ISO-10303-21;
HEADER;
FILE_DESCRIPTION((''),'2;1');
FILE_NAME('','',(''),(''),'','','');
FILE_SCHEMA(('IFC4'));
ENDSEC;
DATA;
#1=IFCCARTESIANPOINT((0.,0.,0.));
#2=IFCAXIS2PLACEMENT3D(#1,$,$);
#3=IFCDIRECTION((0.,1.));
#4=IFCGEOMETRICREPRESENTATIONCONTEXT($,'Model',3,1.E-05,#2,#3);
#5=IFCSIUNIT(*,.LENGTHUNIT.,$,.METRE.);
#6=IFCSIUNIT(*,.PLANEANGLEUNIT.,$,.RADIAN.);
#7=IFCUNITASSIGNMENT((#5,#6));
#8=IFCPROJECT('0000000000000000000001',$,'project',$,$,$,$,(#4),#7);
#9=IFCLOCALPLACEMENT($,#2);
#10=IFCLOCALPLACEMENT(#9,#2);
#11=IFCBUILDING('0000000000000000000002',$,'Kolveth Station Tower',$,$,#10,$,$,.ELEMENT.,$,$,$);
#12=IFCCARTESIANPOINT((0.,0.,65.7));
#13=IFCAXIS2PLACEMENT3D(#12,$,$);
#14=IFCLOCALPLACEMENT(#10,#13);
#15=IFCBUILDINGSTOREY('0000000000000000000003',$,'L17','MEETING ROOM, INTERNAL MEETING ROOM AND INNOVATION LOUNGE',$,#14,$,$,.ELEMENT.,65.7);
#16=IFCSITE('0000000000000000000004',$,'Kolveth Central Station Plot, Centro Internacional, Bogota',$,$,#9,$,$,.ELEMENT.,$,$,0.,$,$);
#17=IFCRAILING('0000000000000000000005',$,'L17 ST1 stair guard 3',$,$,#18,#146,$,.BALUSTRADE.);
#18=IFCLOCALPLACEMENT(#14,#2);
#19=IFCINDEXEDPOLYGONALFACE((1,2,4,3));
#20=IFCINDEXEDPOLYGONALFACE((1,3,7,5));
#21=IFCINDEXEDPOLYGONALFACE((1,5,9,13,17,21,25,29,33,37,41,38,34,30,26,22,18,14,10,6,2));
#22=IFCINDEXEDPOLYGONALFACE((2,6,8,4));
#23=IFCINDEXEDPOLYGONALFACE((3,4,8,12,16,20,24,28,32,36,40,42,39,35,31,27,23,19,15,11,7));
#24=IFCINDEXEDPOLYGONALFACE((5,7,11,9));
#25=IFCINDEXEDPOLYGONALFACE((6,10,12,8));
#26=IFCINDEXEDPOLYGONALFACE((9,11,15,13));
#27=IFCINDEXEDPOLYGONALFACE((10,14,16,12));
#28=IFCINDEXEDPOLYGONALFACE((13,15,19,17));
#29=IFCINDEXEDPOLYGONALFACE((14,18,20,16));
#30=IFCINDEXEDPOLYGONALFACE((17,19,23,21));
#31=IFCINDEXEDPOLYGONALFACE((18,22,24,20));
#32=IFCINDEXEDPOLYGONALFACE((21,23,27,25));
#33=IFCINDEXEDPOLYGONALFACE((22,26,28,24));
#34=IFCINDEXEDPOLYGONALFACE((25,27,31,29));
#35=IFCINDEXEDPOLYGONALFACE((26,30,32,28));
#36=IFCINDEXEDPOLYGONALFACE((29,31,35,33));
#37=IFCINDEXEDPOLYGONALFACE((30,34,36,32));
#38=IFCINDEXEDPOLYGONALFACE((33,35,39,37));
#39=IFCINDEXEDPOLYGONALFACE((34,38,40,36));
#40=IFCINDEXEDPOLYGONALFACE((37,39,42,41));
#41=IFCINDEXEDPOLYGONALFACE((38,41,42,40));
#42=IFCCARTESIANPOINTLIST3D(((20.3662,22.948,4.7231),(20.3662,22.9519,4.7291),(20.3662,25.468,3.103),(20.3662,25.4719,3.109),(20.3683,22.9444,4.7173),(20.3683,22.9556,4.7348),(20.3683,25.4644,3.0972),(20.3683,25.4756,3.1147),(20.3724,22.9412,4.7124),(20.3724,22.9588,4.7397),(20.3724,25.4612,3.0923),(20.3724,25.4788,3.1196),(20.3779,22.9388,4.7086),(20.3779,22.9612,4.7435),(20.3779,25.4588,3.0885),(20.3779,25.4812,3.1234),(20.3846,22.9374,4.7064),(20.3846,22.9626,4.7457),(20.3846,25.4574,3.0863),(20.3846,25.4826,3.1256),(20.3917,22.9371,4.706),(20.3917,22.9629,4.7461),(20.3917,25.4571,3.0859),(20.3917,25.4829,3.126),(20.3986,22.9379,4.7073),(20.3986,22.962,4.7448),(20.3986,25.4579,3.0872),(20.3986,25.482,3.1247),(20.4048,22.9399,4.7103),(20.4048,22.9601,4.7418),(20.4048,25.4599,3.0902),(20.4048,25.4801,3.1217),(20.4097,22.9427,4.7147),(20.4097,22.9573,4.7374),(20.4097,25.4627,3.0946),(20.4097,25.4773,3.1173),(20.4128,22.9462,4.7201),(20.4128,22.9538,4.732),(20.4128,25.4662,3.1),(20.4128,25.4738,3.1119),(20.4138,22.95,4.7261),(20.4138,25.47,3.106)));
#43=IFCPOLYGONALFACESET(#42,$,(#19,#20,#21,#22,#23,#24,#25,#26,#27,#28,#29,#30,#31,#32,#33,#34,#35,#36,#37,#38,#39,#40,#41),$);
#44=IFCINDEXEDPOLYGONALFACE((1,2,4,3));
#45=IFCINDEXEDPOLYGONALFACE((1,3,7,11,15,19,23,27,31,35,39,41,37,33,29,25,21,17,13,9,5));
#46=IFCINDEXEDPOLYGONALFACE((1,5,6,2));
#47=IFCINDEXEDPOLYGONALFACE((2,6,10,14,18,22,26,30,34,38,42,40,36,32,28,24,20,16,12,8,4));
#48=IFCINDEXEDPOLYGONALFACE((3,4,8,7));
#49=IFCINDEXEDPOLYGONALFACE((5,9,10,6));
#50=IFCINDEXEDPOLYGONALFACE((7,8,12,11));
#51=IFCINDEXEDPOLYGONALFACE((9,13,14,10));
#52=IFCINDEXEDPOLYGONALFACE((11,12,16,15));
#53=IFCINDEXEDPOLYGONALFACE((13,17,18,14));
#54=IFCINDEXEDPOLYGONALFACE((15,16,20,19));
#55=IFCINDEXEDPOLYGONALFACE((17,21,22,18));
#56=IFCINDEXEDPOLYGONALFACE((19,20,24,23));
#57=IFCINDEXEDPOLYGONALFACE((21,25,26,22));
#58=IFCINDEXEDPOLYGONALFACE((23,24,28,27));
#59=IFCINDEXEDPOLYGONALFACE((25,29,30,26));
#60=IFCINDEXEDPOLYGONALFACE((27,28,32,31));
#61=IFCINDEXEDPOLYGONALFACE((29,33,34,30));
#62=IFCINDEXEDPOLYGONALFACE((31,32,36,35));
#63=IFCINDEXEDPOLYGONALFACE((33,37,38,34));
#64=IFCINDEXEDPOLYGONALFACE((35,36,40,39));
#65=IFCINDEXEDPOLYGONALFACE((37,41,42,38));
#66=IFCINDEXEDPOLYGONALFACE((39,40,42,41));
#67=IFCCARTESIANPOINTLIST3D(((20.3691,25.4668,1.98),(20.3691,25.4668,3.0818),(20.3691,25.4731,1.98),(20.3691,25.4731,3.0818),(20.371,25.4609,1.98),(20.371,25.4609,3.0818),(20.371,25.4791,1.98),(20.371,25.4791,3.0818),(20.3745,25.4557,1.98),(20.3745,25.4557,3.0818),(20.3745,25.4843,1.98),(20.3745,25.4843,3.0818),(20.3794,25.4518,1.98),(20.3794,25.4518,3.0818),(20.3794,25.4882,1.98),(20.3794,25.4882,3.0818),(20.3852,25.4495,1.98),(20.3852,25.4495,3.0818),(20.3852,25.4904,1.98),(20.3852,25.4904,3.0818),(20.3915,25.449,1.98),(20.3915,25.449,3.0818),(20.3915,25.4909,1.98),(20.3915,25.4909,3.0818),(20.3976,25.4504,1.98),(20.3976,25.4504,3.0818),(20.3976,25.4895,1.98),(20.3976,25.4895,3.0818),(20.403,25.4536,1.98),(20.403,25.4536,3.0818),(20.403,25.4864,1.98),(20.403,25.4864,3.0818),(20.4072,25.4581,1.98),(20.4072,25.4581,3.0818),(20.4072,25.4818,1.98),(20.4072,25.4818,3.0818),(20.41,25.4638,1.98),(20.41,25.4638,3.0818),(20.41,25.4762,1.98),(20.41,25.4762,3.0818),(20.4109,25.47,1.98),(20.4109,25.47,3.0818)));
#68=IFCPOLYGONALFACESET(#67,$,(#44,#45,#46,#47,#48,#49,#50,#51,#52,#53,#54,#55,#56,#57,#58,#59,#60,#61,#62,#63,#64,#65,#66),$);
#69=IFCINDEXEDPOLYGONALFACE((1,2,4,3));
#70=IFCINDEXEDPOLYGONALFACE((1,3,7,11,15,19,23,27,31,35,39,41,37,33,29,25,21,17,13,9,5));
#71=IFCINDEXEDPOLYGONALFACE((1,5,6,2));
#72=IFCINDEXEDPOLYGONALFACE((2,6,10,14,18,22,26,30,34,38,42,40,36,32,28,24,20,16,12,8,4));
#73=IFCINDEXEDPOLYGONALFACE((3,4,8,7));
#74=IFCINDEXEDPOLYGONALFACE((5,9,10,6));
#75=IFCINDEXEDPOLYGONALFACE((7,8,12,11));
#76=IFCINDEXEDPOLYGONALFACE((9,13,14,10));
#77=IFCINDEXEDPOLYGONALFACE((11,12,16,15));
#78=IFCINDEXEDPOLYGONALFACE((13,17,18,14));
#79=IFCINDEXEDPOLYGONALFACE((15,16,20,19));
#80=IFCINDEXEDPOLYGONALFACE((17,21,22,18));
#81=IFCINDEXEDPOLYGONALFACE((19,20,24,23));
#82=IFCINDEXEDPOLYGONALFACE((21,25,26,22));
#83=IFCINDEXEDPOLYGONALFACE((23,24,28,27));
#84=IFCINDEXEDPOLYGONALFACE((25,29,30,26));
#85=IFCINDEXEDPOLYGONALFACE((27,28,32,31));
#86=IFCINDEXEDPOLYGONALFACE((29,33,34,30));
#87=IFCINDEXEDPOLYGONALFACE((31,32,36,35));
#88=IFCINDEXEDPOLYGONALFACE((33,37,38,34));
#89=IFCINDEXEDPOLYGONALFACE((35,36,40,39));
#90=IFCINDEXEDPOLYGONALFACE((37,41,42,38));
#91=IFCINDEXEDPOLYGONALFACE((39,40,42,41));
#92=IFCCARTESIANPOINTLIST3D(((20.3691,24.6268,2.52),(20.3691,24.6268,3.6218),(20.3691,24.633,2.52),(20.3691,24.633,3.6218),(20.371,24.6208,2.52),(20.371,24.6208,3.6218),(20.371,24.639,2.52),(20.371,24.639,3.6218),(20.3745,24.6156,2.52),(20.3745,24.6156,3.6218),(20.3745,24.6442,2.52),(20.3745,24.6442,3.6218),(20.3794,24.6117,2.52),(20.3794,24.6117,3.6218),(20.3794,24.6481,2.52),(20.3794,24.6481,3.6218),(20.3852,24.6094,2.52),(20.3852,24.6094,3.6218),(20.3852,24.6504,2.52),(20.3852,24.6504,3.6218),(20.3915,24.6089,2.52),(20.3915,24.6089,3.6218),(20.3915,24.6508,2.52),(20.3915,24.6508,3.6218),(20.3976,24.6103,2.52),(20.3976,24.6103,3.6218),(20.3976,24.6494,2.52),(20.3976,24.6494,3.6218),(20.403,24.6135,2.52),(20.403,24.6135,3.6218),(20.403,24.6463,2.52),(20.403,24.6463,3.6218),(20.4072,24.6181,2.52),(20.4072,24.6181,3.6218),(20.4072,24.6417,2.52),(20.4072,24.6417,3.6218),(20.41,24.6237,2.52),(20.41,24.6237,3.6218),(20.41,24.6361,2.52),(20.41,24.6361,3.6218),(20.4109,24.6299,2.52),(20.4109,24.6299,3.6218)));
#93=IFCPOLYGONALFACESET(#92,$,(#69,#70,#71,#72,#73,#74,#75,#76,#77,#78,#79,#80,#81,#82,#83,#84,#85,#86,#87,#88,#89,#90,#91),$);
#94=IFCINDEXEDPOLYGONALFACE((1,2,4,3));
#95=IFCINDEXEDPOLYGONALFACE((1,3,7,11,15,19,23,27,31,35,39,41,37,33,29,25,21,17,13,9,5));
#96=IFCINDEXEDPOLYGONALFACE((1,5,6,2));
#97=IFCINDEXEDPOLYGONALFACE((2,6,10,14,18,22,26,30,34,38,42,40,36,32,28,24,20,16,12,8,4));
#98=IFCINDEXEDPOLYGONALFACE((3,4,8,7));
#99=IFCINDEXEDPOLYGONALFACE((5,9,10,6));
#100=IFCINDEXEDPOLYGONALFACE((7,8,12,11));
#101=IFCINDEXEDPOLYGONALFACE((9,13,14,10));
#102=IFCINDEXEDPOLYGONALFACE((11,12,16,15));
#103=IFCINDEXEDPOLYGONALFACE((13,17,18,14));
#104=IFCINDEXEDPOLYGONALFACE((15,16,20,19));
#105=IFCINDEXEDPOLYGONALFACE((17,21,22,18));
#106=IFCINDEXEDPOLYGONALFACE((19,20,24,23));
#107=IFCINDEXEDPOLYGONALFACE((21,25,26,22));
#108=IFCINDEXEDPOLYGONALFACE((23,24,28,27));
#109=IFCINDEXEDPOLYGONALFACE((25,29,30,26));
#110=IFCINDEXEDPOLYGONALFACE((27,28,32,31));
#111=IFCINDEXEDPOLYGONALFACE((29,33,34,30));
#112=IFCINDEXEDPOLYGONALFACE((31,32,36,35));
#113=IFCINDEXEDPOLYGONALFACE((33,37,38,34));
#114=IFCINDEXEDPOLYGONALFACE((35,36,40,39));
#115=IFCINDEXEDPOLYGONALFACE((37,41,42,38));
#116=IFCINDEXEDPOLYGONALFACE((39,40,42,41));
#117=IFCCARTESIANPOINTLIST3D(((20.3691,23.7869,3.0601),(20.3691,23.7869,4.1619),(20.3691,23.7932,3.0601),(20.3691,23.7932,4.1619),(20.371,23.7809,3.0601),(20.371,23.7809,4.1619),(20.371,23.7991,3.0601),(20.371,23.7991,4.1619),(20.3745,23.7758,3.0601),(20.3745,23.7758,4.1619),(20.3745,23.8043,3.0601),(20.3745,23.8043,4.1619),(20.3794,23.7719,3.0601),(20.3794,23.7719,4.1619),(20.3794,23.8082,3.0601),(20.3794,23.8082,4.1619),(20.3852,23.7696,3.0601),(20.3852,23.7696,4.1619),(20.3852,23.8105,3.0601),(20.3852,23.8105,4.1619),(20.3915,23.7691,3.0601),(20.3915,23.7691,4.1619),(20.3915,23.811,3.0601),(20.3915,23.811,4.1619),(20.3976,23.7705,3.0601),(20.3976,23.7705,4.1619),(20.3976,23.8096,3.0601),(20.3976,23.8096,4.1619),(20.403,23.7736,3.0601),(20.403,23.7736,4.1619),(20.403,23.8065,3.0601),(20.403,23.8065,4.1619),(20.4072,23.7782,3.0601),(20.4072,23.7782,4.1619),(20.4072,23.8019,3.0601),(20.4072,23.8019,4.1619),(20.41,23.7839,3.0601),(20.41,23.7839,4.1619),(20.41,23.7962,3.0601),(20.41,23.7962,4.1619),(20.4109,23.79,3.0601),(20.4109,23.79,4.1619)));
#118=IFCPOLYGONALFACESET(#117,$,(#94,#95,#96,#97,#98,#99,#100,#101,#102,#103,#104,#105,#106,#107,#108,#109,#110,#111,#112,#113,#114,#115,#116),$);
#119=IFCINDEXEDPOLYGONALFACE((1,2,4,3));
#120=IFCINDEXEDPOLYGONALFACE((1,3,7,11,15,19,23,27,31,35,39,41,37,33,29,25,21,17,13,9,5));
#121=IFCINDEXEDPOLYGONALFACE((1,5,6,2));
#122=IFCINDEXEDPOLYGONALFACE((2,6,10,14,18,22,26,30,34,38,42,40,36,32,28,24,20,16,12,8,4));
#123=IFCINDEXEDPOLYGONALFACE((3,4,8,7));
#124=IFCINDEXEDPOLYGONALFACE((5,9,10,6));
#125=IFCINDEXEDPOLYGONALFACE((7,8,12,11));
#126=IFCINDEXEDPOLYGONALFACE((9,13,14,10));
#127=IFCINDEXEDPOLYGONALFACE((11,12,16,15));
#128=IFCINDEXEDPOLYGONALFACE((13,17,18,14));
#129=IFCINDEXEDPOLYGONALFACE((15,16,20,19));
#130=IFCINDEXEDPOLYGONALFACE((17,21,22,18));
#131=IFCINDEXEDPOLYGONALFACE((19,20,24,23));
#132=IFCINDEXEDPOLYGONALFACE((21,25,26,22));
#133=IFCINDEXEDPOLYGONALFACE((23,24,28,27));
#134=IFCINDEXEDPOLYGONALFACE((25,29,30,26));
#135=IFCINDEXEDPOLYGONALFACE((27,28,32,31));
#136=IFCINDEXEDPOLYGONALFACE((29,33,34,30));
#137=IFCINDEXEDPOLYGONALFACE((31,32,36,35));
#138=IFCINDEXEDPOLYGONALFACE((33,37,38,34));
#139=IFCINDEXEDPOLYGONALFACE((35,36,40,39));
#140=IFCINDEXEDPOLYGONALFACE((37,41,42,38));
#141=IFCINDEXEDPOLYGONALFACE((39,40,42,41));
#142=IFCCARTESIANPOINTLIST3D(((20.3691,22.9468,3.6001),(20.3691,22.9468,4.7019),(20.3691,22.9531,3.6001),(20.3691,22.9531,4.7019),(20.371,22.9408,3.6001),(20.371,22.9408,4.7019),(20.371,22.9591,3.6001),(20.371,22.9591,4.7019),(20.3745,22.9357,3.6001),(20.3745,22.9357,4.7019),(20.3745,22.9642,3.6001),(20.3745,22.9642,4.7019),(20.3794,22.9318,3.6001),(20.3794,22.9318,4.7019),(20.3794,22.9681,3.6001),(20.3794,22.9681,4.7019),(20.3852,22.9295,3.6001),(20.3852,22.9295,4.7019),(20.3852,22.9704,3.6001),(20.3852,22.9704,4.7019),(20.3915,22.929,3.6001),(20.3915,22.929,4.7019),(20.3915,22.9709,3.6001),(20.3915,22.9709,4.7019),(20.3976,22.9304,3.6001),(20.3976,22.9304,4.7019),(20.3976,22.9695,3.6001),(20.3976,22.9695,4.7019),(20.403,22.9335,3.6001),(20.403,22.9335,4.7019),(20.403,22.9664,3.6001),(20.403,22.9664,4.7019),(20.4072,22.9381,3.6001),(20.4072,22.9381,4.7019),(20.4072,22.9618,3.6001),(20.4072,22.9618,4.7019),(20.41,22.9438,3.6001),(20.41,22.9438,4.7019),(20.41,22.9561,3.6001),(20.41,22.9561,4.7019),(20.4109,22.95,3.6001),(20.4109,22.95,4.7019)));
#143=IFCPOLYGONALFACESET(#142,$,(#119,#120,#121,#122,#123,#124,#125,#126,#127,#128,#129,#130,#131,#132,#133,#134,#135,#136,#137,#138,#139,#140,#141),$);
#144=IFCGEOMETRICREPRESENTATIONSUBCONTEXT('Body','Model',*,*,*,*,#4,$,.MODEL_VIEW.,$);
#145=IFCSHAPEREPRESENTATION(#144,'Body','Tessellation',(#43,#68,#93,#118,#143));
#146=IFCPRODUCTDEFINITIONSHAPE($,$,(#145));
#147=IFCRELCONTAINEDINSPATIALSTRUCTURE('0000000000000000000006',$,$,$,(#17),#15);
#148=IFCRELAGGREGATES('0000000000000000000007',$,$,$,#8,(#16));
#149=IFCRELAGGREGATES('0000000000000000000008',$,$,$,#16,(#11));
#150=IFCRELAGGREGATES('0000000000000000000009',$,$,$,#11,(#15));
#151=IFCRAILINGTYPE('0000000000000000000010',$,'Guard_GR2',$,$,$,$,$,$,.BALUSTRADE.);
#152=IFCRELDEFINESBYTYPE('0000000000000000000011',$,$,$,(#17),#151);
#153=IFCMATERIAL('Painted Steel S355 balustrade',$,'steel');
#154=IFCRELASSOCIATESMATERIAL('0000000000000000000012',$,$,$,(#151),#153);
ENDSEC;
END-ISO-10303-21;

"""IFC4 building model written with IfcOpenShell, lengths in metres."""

from ifc_helpers import new_model, si_unit, direction, frame, origin, origin_2d, place, context, subcontext, project, spatial, circle, extrude, material, type_object, element, save


model = new_model("IFC4")

# Units and contexts
model_context = context("Model", 3, precision=1e-05, world=origin(), true_north=direction((0.0, 1.0)))
body_context = subcontext(model_context, "Body", "Model", "MODEL_VIEW")
ifc_project = project(units=[si_unit("LENGTHUNIT", "METRE"), si_unit("PLANEANGLEUNIT", "RADIAN")], contexts=[model_context])

# Site, building, storey
site_placement = place(None, origin())
site = spatial("IfcSite", under=ifc_project, at=site_placement, Name="Kolveth Central Station Plot, Centro Internacional, Bogota", CompositionType="ELEMENT", RefElevation=0.0)
building_placement = place(site_placement, origin())
building = spatial("IfcBuilding", under=site, at=building_placement, Name="Kolveth Station Tower", CompositionType="ELEMENT")
storey_placement = place(building_placement, frame((0.0, 0.0, 65.7)))
storey = spatial("IfcBuildingStorey", under=building, at=storey_placement, Name="L17", Description="MEETING ROOM, INTERNAL MEETING ROOM AND INNOVATION LOUNGE", CompositionType="ELEMENT", Elevation=65.7)

# Railing
ifc_material_1 = material(Name="Painted Steel S355 balustrade", Category="steel")
railing_type_1 = type_object("IfcRailingType", Name="Guard_GR2", PredefinedType="BALUSTRADE", material=ifc_material_1)
railing_1_placement = place(storey_placement, frame((20.3899, 25.47, 1.98)))
element("IfcRailing", 1, at=railing_1_placement, inside=storey, type_object=railing_type_1, Name="L17 ST1 stair guard 3", PredefinedType="BALUSTRADE", context=body_context, shape_type="SweptSolid", body=[
    extrude(circle(Radius=0.0239, at=origin_2d()), frame((0.0, 0.0, 1.126), z_axis=(0.0, -0.841163, 0.540782), x_axis=(1.0, 0.0, 0.0)), (0.0, 0.0, 1.0), 2.9958),
    extrude(circle(Radius=0.021, at=origin_2d()), origin(), (0.0, 0.0, 1.0), 1.1018),
    extrude(circle(Radius=0.021, at=origin_2d()), frame((0.0, -0.8401, 0.54)), (0.0, 0.0, 1.0), 1.1018),
    extrude(circle(Radius=0.021, at=origin_2d()), frame((0.0, -1.6799, 1.0801)), (0.0, 0.0, 1.0), 1.1018),
    extrude(circle(Radius=0.021, at=origin_2d()), frame((0.0, -2.52, 1.6201)), (0.0, 0.0, 1.0), 1.1018),
])

save(model, "model.ifc")
